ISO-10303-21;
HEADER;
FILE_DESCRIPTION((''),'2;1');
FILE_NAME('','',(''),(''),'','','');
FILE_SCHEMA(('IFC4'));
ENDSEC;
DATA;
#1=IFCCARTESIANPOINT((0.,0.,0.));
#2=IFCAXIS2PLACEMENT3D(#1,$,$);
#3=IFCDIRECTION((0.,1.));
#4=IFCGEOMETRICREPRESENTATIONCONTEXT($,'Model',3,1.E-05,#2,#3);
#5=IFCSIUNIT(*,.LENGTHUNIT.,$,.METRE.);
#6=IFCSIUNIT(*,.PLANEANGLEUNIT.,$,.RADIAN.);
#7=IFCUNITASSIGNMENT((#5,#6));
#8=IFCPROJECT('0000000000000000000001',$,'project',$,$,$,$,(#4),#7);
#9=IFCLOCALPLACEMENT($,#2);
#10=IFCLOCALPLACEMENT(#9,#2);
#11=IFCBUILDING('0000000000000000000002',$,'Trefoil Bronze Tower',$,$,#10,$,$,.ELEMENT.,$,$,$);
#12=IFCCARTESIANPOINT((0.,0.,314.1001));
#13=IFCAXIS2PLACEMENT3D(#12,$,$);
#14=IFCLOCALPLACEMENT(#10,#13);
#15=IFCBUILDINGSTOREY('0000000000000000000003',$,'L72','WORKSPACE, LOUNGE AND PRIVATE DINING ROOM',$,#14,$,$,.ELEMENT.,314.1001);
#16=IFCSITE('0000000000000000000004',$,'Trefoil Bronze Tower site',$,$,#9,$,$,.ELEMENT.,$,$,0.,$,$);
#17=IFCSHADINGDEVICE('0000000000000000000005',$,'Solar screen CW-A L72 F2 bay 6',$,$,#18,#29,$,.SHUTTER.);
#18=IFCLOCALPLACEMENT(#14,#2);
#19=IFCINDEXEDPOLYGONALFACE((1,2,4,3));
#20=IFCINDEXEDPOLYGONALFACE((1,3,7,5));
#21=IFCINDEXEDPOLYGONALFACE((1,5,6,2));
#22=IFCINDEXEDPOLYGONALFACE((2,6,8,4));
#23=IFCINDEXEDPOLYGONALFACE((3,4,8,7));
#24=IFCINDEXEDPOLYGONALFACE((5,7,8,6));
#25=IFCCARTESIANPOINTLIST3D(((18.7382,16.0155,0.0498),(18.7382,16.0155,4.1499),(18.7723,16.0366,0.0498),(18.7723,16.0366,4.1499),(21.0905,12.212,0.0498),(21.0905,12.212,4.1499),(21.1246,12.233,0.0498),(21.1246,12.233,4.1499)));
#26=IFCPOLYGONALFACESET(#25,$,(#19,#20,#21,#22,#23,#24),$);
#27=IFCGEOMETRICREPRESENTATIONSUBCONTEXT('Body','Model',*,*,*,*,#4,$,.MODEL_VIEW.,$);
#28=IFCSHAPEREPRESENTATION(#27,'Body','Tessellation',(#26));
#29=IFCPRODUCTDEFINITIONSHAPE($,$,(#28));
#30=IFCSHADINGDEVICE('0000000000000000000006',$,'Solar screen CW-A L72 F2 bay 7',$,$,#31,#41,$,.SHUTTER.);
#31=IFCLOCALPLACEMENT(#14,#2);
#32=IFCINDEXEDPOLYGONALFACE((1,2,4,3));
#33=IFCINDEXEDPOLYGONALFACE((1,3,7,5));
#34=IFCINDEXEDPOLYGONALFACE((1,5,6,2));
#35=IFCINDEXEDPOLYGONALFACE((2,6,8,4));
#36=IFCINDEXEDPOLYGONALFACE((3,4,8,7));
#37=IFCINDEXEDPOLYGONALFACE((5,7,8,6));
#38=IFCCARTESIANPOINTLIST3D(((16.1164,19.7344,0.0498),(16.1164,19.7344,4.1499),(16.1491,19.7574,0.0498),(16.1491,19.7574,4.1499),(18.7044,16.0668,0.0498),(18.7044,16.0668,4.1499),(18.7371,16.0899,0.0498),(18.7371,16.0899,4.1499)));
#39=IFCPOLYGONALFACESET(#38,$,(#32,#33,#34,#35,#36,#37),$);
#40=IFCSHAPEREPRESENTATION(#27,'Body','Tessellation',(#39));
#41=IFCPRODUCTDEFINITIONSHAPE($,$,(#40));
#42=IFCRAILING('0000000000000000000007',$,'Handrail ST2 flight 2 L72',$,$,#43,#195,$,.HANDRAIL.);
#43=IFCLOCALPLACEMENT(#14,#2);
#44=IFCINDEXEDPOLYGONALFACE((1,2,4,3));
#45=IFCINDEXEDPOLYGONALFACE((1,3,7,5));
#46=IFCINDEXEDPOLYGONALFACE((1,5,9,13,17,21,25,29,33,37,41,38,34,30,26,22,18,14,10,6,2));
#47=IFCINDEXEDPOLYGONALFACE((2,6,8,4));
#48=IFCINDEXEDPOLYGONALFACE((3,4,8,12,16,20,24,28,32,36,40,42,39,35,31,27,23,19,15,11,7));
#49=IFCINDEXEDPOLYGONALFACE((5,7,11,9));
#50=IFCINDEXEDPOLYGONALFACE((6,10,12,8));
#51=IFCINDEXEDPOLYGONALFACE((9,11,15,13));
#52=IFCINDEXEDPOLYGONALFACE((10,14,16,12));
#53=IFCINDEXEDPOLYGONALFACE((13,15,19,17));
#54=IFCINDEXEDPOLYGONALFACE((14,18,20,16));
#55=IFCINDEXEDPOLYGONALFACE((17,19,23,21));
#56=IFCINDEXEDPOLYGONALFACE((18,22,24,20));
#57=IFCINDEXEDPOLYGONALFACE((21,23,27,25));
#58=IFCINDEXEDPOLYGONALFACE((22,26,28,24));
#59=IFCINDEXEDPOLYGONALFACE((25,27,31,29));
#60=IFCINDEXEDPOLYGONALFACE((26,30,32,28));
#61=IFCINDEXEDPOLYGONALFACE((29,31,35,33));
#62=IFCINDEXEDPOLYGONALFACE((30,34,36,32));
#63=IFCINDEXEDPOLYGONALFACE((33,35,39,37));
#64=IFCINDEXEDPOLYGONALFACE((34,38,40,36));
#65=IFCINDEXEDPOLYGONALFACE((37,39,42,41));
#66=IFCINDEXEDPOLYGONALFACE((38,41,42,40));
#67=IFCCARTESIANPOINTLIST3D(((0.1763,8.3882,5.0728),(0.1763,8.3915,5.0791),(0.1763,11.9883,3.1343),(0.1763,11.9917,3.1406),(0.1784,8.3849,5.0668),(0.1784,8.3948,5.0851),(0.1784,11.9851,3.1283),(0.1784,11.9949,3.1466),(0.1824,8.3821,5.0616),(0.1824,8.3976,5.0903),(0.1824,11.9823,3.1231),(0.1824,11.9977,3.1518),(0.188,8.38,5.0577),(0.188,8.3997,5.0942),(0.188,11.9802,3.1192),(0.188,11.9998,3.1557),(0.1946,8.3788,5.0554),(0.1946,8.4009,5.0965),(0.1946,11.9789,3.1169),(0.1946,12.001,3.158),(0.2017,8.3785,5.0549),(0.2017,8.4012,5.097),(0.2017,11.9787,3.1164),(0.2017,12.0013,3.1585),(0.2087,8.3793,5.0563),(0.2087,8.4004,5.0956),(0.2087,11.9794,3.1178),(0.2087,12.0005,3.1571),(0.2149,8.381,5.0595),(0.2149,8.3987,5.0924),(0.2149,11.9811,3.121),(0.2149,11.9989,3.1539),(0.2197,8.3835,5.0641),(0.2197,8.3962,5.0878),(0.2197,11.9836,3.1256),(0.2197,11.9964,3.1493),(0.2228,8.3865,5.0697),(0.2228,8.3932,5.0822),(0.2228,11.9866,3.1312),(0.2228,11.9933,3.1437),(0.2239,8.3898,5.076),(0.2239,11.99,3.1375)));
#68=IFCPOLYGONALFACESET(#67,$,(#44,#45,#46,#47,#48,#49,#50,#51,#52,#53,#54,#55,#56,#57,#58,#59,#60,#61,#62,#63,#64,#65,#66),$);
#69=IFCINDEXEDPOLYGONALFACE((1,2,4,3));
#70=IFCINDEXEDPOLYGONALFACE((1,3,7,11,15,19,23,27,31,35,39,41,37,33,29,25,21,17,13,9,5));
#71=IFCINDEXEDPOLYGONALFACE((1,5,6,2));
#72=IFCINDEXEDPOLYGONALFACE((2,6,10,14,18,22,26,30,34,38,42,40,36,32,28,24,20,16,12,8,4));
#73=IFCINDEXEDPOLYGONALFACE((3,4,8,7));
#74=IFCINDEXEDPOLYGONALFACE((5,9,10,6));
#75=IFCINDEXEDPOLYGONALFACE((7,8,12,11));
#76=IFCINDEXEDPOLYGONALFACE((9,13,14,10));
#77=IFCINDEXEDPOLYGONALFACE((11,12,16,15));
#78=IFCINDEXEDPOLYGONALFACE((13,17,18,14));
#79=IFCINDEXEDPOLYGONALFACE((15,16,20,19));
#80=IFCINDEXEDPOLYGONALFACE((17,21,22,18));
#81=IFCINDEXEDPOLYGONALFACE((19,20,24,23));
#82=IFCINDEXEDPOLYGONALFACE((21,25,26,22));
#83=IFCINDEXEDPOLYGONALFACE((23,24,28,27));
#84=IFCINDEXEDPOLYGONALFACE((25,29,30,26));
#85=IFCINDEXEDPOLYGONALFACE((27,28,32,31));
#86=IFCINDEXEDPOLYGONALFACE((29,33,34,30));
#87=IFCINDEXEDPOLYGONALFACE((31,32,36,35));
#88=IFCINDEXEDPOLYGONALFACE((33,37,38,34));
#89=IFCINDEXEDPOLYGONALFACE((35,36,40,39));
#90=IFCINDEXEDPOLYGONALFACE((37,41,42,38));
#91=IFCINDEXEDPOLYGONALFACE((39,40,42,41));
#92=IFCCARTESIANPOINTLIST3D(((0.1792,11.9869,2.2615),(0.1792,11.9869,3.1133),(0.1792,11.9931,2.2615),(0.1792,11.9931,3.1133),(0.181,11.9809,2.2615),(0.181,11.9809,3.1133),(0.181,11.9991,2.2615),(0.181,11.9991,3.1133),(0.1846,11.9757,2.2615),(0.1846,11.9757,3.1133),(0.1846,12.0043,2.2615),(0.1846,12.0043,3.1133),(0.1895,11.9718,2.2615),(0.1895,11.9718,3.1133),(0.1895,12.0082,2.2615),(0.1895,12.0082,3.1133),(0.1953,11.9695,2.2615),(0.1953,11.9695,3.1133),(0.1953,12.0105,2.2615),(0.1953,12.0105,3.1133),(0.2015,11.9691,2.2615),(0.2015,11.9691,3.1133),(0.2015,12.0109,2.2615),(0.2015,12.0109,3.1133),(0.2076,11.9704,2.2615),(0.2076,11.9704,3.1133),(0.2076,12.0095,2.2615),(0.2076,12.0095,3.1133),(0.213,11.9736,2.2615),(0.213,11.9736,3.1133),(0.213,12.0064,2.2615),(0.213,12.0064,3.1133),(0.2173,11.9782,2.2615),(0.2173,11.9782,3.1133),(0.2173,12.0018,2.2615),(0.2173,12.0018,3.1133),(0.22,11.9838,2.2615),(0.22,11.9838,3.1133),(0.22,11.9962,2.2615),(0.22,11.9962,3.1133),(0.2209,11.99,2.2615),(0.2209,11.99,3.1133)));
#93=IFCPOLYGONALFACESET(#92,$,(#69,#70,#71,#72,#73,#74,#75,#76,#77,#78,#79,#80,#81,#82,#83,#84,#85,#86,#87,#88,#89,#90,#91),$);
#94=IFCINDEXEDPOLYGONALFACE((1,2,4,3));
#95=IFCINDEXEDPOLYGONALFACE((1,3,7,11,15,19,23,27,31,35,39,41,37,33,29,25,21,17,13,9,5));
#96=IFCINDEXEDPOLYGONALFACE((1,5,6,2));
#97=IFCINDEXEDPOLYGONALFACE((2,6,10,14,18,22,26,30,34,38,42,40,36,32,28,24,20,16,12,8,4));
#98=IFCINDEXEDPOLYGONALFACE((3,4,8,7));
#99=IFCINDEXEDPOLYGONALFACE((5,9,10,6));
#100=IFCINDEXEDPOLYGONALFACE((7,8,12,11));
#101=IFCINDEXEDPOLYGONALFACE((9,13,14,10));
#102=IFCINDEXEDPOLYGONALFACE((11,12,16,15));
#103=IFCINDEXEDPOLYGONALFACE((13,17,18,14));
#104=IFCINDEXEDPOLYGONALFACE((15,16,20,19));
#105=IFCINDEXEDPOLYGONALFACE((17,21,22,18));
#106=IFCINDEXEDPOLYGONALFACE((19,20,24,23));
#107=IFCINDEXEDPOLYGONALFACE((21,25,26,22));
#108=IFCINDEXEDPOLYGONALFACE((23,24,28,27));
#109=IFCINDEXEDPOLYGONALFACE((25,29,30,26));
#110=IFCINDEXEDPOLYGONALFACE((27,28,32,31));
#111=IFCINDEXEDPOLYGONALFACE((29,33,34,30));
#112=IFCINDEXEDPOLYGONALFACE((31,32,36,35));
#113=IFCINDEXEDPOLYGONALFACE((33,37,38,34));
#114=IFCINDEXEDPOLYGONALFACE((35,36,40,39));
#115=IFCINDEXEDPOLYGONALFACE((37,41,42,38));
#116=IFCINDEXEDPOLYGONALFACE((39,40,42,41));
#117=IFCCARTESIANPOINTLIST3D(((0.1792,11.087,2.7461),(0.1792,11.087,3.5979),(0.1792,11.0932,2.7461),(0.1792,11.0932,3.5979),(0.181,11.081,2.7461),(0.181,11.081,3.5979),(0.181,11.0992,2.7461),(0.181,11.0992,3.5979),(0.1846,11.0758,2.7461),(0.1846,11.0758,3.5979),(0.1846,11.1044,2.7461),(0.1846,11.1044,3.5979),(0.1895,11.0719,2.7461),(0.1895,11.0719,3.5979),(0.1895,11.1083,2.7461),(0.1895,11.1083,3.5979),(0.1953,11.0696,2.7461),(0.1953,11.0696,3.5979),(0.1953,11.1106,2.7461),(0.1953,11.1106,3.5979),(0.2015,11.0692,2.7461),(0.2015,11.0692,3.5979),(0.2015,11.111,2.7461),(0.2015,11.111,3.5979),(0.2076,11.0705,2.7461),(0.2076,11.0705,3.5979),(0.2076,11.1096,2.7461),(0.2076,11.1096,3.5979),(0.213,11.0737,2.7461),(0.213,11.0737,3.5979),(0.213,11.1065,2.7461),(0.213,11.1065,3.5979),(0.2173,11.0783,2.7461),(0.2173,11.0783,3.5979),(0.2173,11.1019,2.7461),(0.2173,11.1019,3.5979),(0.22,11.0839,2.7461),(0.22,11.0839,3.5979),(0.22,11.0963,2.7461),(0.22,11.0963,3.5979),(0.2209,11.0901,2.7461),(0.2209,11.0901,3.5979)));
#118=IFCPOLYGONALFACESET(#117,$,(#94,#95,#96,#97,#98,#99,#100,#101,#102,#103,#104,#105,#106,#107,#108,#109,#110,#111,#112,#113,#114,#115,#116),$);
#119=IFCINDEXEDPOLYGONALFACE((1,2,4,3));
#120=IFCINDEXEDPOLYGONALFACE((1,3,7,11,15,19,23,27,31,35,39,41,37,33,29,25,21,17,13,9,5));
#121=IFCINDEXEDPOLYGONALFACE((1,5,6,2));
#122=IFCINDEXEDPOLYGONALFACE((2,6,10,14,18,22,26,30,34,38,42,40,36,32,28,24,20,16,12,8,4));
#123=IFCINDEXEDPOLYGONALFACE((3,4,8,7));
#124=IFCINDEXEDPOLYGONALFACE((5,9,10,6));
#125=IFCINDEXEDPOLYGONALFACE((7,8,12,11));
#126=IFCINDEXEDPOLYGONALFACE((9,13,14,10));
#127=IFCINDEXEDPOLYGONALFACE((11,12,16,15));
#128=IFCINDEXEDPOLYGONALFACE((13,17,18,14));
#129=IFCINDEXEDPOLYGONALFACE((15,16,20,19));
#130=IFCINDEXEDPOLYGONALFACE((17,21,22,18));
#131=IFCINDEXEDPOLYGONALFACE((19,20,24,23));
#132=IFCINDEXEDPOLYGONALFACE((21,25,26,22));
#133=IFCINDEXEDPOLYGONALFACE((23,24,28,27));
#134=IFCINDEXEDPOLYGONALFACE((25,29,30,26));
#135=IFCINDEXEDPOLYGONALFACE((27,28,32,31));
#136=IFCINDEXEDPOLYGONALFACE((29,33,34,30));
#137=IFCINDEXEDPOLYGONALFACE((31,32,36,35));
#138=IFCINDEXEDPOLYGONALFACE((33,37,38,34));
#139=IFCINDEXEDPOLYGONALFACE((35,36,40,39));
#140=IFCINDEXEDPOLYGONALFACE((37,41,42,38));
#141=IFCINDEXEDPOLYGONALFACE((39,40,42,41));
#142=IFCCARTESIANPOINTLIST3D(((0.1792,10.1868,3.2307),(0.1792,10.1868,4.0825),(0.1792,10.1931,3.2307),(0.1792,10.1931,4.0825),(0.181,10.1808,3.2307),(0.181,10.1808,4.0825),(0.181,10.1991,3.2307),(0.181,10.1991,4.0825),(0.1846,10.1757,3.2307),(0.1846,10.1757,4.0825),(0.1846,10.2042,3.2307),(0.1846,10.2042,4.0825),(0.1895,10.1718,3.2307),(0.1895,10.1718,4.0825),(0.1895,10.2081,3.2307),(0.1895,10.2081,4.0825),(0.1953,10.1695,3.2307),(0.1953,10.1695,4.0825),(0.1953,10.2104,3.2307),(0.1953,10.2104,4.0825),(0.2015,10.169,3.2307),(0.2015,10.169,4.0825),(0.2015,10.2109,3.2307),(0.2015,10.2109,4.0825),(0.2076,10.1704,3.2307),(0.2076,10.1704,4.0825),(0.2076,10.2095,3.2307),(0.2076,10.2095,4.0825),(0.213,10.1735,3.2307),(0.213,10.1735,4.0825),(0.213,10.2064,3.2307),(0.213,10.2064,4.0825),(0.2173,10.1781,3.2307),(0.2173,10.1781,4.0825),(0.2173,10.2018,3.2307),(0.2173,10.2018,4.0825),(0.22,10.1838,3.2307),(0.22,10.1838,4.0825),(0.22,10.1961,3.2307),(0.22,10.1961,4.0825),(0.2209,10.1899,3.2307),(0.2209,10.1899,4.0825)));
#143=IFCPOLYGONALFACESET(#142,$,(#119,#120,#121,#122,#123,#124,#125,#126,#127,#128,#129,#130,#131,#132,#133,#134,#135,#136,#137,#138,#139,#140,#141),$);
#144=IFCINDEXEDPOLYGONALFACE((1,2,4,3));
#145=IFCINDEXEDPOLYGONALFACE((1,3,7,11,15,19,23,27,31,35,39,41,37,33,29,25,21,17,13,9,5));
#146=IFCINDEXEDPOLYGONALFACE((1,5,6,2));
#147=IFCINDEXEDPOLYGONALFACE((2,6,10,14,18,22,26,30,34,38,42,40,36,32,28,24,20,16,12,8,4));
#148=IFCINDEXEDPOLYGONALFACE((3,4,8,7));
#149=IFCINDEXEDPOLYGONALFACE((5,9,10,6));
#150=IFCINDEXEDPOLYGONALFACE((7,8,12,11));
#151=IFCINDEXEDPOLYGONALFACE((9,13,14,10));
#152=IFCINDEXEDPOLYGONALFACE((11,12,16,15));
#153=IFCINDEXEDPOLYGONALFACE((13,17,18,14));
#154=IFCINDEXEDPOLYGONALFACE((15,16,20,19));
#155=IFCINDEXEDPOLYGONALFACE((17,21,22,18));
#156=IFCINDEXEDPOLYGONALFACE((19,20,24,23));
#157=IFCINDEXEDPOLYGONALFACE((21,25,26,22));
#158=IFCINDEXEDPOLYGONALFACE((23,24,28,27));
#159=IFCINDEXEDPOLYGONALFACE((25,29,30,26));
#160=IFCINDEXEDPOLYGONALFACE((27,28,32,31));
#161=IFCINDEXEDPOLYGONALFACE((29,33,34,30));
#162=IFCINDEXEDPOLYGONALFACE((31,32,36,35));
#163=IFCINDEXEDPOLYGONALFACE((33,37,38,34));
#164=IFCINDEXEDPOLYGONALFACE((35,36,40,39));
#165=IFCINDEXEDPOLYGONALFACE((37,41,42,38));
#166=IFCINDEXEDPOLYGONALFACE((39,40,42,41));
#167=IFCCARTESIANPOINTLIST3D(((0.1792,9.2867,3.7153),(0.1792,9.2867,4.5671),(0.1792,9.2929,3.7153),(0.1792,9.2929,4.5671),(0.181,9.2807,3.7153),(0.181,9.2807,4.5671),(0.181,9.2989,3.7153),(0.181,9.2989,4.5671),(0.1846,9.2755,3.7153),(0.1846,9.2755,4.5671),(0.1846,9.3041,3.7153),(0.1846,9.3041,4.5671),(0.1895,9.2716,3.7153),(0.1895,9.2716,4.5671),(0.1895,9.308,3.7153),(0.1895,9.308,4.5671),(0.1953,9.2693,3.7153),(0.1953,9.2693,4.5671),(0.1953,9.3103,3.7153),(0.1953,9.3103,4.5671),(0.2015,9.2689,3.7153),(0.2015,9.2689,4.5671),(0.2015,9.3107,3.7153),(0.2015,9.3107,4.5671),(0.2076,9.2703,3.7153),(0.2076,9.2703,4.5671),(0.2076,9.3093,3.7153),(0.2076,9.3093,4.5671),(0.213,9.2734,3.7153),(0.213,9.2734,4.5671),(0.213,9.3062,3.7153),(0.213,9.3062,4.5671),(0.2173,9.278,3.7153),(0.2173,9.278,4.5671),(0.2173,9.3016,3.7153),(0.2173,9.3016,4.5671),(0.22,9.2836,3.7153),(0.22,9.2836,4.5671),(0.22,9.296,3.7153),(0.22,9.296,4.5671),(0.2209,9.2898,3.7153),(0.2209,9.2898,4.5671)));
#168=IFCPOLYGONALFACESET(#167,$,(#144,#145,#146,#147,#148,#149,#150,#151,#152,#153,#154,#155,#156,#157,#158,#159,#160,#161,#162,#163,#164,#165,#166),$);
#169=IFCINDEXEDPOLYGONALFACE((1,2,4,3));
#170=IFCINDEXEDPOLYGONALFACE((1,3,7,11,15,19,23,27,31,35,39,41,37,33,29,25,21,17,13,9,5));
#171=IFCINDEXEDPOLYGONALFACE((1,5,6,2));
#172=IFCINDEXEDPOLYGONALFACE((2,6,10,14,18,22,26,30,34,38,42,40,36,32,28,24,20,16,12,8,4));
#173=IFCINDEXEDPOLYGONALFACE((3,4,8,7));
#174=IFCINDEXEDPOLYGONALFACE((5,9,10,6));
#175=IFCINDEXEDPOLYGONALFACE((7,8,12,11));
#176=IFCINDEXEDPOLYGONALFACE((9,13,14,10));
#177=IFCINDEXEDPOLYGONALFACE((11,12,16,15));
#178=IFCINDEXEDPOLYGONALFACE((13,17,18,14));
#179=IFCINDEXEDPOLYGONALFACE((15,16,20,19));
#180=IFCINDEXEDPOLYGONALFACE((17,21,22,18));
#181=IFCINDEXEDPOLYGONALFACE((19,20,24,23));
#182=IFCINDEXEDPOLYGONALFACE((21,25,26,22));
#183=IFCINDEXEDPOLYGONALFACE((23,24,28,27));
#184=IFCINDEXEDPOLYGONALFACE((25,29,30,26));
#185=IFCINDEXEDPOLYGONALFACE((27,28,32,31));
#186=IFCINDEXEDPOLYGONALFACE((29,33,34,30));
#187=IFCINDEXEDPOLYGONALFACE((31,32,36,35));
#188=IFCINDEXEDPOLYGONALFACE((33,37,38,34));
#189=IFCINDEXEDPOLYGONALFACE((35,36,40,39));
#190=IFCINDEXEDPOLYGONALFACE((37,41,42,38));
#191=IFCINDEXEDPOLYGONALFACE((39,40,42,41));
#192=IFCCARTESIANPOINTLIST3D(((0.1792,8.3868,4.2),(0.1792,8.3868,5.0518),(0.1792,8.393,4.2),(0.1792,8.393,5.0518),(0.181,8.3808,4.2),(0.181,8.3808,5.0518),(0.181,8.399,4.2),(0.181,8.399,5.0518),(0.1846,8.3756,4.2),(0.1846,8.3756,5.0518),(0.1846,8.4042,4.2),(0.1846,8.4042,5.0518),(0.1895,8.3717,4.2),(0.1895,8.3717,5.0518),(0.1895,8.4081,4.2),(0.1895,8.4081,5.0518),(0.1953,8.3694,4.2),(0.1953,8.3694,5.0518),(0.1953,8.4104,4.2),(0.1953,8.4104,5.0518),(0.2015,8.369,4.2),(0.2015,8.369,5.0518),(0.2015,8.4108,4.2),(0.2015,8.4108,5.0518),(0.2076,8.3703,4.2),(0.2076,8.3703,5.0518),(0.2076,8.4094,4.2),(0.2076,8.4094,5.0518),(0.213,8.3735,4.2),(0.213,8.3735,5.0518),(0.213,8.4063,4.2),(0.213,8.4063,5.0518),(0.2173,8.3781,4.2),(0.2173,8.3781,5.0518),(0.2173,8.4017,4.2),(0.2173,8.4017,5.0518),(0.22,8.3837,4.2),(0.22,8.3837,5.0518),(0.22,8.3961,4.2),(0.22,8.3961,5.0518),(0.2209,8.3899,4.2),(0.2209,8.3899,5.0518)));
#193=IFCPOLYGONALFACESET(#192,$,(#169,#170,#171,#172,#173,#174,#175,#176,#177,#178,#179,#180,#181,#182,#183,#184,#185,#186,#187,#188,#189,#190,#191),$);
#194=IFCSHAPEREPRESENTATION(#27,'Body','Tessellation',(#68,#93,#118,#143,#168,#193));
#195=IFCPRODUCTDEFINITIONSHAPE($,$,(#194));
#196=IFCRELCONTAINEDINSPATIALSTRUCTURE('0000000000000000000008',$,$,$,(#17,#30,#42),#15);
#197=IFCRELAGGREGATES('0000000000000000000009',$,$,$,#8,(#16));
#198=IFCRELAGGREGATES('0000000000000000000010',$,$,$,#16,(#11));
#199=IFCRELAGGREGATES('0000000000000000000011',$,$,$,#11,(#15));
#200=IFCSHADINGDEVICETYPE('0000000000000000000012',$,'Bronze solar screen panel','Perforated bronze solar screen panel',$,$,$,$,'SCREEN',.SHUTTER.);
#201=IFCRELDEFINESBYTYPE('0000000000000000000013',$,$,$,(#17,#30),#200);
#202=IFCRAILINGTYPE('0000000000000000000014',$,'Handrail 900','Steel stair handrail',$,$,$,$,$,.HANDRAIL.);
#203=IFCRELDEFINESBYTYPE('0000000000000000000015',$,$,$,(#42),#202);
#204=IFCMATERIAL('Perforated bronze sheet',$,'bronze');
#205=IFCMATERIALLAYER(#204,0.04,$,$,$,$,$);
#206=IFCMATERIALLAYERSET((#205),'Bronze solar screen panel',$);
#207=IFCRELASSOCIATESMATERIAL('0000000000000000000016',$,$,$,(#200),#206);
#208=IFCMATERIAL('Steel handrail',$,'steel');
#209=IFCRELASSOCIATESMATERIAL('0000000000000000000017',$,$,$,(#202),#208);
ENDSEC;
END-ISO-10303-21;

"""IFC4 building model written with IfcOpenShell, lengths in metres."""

from ifc_helpers import new_model, si_unit, direction, frame, origin, origin_2d, place, context, subcontext, project, spatial, rectangle, circle, extrude, material, layer, layer_set, type_object, element, save


model = new_model("IFC4")

# Units and contexts
model_context = context("Model", 3, precision=1e-05, world=origin(), true_north=direction((0.0, 1.0)))
body_context = subcontext(model_context, "Body", "Model", "MODEL_VIEW")
ifc_project = project(units=[si_unit("LENGTHUNIT", "METRE"), si_unit("PLANEANGLEUNIT", "RADIAN")], contexts=[model_context])

# Site, building, storey
site_placement = place(None, origin())
site = spatial("IfcSite", under=ifc_project, at=site_placement, Name="Trefoil Bronze Tower site", CompositionType="ELEMENT", RefElevation=0.0)
building_placement = place(site_placement, origin())
building = spatial("IfcBuilding", under=site, at=building_placement, Name="Trefoil Bronze Tower", CompositionType="ELEMENT")
storey_placement = place(building_placement, frame((0.0, 0.0, 314.1001)))
storey = spatial("IfcBuildingStorey", under=building, at=storey_placement, Name="L72", Description="WORKSPACE, LOUNGE AND PRIVATE DINING ROOM", CompositionType="ELEMENT", Elevation=314.1001)

# Shading devices
ifc_material_1 = material(Name="Perforated bronze sheet", Category="bronze")
ifc_layer_1 = layer(ifc_material_1, 0.04)
ifc_layer_set_1 = layer_set([ifc_layer_1], Name="Bronze solar screen panel")
shading_device_type = type_object("IfcShadingDeviceType", Name="Bronze solar screen panel", Description="Perforated bronze solar screen panel", ElementType="SCREEN", PredefinedType="SHUTTER", material=ifc_layer_set_1)
shading_device_1_placement = place(storey_placement, frame((19.9314, 14.1243, 0.0498), z_axis=(0.0, 0.0, 1.0), x_axis=(-0.52598, 0.850497, 0.0)))
element("IfcShadingDevice", 1, at=shading_device_1_placement, inside=storey, type_object=shading_device_type, Name="Solar screen CW-A L72 F2 bay 6", PredefinedType="SHUTTER", context=body_context, shape_type="SweptSolid", body=[
    extrude(rectangle(XDim=4.4722, YDim=0.04, at=origin_2d()), origin(), (0.0, 0.0, 1.0), 4.1001),
])
shading_device_2_placement = place(storey_placement, frame((17.4268, 17.9121, 0.0498), z_axis=(0.0, 0.0, 1.0), x_axis=(-0.576561, 0.817054, 0.0)))
element("IfcShadingDevice", 2, at=shading_device_2_placement, inside=storey, type_object=shading_device_type, Name="Solar screen CW-A L72 F2 bay 7", PredefinedType="SHUTTER", context=body_context, shape_type="SweptSolid", body=[
    extrude(rectangle(XDim=4.4888, YDim=0.04, at=origin_2d()), origin(), (0.0, 0.0, 1.0), 4.1001),
])

# Railing
ifc_material_2 = material(Name="Steel handrail", Category="steel")
railing_type = type_object("IfcRailingType", Name="Handrail 900", Description="Steel stair handrail", PredefinedType="HANDRAIL", material=ifc_material_2)
railing_placement = place(storey_placement, frame((0.2, 11.99, 2.2615)))
element("IfcRailing", 3, at=railing_placement, inside=storey, type_object=railing_type, Name="Handrail ST2 flight 2 L72", PredefinedType="HANDRAIL", context=body_context, shape_type="SweptSolid", body=[
    extrude(circle(Radius=0.0239, at=origin_2d()), frame((0.0, 0.0, 0.876), z_axis=(0.0, -0.880475, 0.474093), x_axis=(1.0, 0.0, 0.0)), (0.0, 0.0, 1.0), 4.0889),
    extrude(circle(Radius=0.021, at=origin_2d()), origin(), (0.0, 0.0, 1.0), 0.8518),
    extrude(circle(Radius=0.021, at=origin_2d()), frame((0.0, -0.8999, 0.4846)), (0.0, 0.0, 1.0), 0.8518),
    extrude(circle(Radius=0.021, at=origin_2d()), frame((0.0, -1.8, 0.9692)), (0.0, 0.0, 1.0), 0.8518),
    extrude(circle(Radius=0.021, at=origin_2d()), frame((0.0, -2.7002, 1.4539)), (0.0, 0.0, 1.0), 0.8518),
    extrude(circle(Radius=0.021, at=origin_2d()), frame((0.0, -3.6001, 1.9385)), (0.0, 0.0, 1.0), 0.8518),
])

save(model, "model.ifc")
